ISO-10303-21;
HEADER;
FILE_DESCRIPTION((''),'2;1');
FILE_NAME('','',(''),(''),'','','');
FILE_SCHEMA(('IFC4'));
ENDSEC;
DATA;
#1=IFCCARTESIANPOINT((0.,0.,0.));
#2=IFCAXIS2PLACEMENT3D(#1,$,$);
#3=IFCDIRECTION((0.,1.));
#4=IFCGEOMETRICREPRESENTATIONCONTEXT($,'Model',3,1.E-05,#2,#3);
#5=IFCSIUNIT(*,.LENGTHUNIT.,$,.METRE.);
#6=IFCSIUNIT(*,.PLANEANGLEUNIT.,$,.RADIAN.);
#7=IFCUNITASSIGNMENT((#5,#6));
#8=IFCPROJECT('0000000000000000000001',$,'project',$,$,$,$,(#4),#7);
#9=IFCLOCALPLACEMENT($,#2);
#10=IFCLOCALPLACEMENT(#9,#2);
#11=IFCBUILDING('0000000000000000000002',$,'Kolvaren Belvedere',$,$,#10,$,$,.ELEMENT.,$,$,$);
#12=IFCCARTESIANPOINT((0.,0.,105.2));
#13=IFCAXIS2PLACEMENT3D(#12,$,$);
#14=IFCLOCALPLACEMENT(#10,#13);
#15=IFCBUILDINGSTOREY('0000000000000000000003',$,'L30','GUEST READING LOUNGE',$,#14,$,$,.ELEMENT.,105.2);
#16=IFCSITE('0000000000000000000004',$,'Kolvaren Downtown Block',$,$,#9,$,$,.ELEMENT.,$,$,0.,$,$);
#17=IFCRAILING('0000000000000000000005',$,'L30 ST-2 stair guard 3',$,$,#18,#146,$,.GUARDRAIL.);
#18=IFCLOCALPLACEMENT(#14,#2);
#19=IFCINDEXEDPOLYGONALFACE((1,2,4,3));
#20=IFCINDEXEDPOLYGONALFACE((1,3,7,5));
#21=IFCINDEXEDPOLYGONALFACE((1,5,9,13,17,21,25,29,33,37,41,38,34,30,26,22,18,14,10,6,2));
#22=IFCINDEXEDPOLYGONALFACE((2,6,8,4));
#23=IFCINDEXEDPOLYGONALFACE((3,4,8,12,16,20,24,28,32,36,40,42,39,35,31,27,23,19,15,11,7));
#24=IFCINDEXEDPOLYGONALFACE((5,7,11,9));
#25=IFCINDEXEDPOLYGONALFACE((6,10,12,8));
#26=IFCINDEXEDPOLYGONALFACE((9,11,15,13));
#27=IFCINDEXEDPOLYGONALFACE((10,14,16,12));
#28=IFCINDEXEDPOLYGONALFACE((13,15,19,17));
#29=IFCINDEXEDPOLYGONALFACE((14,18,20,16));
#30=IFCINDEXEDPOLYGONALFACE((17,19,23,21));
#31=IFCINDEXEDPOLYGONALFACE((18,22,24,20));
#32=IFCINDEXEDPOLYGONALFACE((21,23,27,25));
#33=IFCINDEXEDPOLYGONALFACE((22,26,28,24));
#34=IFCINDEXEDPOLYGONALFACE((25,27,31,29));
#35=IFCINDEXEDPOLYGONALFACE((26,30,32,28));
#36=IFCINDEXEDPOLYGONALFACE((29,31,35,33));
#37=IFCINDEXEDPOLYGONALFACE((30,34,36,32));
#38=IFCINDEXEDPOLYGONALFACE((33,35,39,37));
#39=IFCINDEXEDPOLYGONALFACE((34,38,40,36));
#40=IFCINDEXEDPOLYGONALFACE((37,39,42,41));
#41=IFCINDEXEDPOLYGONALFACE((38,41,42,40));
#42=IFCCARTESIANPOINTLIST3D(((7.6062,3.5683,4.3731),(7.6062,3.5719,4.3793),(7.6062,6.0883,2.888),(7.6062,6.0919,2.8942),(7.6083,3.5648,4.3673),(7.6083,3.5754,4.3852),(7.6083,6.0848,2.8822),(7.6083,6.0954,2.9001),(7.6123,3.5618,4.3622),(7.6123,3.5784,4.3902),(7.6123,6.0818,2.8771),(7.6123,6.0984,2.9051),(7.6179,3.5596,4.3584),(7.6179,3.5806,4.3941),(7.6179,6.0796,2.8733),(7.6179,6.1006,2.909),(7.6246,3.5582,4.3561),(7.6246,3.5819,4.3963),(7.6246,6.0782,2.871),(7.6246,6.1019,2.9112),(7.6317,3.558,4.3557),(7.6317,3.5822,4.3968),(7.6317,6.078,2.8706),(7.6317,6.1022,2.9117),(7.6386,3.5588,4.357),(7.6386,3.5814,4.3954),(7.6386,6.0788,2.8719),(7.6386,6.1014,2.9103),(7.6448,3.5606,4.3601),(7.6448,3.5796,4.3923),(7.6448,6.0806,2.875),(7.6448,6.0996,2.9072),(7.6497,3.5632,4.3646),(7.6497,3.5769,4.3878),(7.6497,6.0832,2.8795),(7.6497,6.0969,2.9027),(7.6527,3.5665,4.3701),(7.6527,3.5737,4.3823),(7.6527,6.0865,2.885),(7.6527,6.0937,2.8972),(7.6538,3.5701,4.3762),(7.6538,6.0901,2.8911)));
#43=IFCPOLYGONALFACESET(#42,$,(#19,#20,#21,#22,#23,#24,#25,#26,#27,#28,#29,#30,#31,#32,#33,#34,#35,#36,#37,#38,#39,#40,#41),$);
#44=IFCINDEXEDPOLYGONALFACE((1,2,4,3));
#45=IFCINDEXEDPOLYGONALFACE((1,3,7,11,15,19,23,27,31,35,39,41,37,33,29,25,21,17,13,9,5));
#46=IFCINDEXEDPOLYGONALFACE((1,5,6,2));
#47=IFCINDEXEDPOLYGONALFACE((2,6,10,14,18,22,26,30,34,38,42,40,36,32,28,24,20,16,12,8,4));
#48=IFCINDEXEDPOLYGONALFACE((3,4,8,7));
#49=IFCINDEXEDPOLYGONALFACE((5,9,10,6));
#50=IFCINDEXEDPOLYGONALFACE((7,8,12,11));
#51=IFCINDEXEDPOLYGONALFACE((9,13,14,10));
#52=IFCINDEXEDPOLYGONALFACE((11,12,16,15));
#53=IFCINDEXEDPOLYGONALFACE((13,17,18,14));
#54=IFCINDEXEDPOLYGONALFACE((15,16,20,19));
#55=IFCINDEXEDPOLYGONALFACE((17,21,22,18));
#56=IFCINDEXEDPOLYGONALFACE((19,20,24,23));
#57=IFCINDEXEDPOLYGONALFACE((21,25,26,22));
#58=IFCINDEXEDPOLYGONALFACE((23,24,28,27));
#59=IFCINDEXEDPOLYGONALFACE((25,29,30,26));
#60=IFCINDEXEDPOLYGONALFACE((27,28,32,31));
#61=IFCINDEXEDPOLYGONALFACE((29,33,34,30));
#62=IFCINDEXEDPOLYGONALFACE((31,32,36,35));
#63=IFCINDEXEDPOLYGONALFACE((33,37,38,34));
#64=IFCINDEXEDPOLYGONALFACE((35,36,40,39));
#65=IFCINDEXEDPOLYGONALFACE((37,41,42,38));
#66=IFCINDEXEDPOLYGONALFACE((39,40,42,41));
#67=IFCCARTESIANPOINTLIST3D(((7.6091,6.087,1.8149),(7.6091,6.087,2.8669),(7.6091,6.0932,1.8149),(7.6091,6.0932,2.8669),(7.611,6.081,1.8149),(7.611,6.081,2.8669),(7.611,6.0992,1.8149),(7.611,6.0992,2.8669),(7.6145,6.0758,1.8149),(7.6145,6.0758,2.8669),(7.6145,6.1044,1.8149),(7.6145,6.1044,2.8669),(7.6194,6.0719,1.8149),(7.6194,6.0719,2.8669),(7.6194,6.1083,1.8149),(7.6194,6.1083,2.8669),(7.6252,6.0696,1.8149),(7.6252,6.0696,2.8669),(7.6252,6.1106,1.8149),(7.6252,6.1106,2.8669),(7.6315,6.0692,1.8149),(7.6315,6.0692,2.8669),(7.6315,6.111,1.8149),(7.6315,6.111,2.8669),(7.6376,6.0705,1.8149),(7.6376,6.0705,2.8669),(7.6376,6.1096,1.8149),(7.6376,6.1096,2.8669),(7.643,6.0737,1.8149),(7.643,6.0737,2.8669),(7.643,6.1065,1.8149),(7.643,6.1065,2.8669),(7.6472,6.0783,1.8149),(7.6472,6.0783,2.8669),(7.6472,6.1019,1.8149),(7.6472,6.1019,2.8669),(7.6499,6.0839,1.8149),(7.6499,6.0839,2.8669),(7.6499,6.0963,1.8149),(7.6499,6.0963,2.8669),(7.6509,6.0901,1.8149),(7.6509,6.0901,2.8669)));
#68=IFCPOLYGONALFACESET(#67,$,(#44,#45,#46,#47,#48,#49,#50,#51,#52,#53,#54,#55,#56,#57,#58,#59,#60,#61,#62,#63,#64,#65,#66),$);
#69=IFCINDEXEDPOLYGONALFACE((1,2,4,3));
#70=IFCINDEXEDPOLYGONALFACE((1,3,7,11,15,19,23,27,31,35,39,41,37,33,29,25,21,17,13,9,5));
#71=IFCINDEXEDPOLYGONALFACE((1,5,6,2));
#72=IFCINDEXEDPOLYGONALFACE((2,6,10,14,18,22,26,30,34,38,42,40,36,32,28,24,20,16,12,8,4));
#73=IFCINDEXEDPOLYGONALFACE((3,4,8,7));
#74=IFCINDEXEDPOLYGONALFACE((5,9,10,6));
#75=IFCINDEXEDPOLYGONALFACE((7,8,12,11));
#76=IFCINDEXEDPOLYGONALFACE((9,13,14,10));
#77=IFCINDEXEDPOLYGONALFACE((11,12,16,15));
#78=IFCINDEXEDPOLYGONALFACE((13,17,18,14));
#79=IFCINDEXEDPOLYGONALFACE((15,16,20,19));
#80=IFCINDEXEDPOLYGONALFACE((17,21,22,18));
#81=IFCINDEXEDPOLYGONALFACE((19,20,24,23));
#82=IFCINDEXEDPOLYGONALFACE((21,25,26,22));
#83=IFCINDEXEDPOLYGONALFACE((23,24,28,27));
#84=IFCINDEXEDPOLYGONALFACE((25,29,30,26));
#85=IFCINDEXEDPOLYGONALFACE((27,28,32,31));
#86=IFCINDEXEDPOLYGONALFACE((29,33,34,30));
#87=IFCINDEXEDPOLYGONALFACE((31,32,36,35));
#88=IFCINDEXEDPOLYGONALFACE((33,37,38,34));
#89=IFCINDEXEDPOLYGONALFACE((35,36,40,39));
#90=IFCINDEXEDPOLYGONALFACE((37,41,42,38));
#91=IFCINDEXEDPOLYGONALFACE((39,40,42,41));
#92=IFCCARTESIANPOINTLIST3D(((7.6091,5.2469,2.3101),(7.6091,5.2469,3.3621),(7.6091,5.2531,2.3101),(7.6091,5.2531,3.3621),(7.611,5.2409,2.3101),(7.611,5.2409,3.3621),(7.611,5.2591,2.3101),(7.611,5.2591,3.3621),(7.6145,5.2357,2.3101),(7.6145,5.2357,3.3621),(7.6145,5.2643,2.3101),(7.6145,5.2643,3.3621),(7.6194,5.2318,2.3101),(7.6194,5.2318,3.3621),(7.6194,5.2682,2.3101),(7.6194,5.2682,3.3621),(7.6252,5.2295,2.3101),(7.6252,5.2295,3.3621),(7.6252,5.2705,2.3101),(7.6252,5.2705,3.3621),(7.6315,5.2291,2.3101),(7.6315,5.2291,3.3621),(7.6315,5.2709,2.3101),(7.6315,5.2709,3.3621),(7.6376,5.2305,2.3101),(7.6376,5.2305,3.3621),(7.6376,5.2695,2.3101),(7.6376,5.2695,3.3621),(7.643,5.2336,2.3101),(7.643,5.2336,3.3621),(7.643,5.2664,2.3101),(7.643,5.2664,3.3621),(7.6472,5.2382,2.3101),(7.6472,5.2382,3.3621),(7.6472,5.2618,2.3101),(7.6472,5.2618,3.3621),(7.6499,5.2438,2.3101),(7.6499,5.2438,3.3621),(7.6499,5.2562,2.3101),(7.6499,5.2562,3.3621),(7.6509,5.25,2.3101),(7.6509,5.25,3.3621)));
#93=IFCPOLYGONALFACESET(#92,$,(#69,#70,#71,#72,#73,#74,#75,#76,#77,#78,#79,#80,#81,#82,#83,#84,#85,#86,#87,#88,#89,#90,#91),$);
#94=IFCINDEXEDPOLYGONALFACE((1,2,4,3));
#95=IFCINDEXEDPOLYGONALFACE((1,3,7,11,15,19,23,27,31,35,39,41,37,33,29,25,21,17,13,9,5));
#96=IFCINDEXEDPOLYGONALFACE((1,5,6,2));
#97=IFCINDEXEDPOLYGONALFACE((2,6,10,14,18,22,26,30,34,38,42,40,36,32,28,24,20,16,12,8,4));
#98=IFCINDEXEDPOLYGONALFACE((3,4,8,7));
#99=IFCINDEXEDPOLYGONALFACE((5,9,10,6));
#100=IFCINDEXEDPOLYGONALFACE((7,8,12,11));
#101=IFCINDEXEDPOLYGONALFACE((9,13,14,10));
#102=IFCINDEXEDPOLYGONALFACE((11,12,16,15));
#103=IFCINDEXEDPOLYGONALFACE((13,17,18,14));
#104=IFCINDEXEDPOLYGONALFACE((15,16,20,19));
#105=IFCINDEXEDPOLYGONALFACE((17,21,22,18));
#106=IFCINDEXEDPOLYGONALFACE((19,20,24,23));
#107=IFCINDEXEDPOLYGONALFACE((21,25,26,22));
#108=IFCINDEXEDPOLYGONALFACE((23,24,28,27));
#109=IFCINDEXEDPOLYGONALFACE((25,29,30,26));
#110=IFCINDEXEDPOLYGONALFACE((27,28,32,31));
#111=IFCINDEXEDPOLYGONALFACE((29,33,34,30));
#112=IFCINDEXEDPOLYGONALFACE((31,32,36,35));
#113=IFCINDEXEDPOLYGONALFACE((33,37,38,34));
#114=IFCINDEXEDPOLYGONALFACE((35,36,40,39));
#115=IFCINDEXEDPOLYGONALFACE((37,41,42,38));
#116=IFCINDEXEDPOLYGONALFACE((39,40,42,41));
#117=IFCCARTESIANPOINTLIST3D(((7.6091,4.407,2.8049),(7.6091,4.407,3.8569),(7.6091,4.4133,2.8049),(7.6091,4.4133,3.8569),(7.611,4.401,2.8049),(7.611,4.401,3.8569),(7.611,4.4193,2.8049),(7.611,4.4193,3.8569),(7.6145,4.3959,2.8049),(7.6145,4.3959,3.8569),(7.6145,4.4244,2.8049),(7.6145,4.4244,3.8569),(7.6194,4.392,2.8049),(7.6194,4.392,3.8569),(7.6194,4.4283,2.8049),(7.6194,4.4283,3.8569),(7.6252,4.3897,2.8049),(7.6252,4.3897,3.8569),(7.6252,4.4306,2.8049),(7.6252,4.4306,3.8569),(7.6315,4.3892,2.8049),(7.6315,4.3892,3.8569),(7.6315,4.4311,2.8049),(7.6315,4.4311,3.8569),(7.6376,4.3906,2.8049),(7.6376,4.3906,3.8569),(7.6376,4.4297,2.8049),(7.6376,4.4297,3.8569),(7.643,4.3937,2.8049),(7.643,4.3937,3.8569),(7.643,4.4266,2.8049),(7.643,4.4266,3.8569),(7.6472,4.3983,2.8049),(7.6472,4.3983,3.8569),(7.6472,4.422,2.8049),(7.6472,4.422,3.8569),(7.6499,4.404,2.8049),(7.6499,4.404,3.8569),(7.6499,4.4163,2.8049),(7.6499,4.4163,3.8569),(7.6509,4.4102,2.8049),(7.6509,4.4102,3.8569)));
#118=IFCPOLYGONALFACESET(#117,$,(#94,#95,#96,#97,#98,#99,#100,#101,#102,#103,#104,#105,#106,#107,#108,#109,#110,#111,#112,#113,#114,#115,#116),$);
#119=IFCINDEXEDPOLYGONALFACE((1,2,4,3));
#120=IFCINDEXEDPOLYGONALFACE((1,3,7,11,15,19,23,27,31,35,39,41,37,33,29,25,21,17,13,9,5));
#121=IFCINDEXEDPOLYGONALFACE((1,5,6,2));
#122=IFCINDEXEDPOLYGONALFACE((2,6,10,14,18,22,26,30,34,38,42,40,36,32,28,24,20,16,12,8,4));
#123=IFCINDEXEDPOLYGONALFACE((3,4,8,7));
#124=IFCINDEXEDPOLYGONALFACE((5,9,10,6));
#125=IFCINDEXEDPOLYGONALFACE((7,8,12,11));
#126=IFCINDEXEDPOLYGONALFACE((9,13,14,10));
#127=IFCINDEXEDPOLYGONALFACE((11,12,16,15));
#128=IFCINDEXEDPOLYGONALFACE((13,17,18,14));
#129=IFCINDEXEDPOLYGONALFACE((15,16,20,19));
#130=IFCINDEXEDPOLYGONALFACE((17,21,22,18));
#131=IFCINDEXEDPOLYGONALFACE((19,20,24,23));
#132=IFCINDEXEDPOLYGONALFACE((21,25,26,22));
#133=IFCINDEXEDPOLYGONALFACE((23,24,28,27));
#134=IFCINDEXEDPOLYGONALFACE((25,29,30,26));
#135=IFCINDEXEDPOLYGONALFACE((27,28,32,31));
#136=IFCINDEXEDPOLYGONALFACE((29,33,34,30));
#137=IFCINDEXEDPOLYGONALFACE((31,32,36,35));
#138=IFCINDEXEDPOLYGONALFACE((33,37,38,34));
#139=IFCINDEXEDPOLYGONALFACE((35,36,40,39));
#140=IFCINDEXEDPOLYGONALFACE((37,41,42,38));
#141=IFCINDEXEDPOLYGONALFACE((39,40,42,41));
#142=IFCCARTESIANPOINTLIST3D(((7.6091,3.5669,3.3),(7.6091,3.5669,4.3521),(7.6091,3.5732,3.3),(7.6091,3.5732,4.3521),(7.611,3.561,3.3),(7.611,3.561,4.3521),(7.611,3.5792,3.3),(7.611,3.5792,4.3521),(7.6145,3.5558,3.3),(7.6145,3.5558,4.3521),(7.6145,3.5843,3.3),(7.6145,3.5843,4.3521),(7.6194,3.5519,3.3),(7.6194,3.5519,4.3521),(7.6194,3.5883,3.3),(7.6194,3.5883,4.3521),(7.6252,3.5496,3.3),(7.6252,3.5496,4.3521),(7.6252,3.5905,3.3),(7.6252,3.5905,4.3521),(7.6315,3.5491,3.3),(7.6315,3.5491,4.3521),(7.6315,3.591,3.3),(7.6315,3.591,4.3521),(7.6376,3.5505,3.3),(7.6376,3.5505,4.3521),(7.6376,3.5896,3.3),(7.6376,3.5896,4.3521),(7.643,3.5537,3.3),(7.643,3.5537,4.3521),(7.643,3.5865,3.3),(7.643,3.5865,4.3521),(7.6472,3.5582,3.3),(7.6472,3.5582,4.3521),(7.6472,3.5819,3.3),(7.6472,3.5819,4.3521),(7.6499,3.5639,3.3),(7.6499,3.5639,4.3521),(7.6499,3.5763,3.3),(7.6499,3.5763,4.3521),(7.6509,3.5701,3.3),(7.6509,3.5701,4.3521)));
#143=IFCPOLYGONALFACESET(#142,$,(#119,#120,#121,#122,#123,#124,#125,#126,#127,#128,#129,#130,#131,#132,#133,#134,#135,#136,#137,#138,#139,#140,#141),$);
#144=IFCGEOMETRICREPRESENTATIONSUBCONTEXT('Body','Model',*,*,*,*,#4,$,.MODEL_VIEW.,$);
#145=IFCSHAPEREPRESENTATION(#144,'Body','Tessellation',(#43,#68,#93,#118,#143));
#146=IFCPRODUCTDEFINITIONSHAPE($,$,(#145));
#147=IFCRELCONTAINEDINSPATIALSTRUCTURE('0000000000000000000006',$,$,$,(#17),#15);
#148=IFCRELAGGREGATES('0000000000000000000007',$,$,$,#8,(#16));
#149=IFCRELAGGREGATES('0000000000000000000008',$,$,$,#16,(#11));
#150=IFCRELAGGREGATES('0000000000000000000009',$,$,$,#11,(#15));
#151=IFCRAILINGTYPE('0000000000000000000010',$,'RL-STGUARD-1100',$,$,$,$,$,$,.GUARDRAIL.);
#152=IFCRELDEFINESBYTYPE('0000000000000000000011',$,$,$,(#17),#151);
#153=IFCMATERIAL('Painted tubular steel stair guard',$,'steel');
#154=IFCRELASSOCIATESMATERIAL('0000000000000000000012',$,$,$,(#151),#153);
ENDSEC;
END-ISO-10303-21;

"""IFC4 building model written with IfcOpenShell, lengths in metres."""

from ifc_helpers import new_model, si_unit, direction, frame, origin, origin_2d, place, context, subcontext, project, spatial, circle, extrude, material, type_object, element, save


model = new_model("IFC4")

# Units and contexts
model_context = context("Model", 3, precision=1e-05, world=origin(), true_north=direction((0.0, 1.0)))
body_context = subcontext(model_context, "Body", "Model", "MODEL_VIEW")
ifc_project = project(units=[si_unit("LENGTHUNIT", "METRE"), si_unit("PLANEANGLEUNIT", "RADIAN")], contexts=[model_context])

# Site, building, storey
site_placement = place(None, origin())
site = spatial("IfcSite", under=ifc_project, at=site_placement, Name="Kolvaren Downtown Block", CompositionType="ELEMENT", RefElevation=0.0)
building_placement = place(site_placement, origin())
building = spatial("IfcBuilding", under=site, at=building_placement, Name="Kolvaren Belvedere", CompositionType="ELEMENT")
storey_placement = place(building_placement, frame((0.0, 0.0, 105.2)))
storey = spatial("IfcBuildingStorey", under=building, at=storey_placement, Name="L30", Description="GUEST READING LOUNGE", CompositionType="ELEMENT", Elevation=105.2)

# Railing
ifc_material_1 = material(Name="Painted tubular steel stair guard", Category="steel")
railing_type_1 = type_object("IfcRailingType", Name="RL-STGUARD-1100", PredefinedType="GUARDRAIL", material=ifc_material_1)
railing_1_placement = place(storey_placement, frame((7.6299, 6.0901, 1.8149)))
element("IfcRailing", 1, at=railing_1_placement, inside=storey, type_object=railing_type_1, Name="L30 ST-2 stair guard 3", PredefinedType="GUARDRAIL", context=body_context, shape_type="SweptSolid", body=[
    extrude(circle(Radius=0.0239, at=origin_2d()), frame((0.0, 0.0, 1.0762), z_axis=(0.0, -0.861524, 0.507717), x_axis=(1.0, 0.0, 0.0)), (0.0, 0.0, 1.0), 2.925),
    extrude(circle(Radius=0.021, at=origin_2d()), origin(), (0.0, 0.0, 1.0), 1.052),
    extrude(circle(Radius=0.021, at=origin_2d()), frame((0.0, -0.8401, 0.4951)), (0.0, 0.0, 1.0), 1.052),
    extrude(circle(Radius=0.021, at=origin_2d()), frame((0.0, -1.6799, 0.99)), (0.0, 0.0, 1.0), 1.052),
    extrude(circle(Radius=0.021, at=origin_2d()), frame((0.0, -2.52, 1.4851)), (0.0, 0.0, 1.0), 1.052),
])

save(model, "model.ifc")
